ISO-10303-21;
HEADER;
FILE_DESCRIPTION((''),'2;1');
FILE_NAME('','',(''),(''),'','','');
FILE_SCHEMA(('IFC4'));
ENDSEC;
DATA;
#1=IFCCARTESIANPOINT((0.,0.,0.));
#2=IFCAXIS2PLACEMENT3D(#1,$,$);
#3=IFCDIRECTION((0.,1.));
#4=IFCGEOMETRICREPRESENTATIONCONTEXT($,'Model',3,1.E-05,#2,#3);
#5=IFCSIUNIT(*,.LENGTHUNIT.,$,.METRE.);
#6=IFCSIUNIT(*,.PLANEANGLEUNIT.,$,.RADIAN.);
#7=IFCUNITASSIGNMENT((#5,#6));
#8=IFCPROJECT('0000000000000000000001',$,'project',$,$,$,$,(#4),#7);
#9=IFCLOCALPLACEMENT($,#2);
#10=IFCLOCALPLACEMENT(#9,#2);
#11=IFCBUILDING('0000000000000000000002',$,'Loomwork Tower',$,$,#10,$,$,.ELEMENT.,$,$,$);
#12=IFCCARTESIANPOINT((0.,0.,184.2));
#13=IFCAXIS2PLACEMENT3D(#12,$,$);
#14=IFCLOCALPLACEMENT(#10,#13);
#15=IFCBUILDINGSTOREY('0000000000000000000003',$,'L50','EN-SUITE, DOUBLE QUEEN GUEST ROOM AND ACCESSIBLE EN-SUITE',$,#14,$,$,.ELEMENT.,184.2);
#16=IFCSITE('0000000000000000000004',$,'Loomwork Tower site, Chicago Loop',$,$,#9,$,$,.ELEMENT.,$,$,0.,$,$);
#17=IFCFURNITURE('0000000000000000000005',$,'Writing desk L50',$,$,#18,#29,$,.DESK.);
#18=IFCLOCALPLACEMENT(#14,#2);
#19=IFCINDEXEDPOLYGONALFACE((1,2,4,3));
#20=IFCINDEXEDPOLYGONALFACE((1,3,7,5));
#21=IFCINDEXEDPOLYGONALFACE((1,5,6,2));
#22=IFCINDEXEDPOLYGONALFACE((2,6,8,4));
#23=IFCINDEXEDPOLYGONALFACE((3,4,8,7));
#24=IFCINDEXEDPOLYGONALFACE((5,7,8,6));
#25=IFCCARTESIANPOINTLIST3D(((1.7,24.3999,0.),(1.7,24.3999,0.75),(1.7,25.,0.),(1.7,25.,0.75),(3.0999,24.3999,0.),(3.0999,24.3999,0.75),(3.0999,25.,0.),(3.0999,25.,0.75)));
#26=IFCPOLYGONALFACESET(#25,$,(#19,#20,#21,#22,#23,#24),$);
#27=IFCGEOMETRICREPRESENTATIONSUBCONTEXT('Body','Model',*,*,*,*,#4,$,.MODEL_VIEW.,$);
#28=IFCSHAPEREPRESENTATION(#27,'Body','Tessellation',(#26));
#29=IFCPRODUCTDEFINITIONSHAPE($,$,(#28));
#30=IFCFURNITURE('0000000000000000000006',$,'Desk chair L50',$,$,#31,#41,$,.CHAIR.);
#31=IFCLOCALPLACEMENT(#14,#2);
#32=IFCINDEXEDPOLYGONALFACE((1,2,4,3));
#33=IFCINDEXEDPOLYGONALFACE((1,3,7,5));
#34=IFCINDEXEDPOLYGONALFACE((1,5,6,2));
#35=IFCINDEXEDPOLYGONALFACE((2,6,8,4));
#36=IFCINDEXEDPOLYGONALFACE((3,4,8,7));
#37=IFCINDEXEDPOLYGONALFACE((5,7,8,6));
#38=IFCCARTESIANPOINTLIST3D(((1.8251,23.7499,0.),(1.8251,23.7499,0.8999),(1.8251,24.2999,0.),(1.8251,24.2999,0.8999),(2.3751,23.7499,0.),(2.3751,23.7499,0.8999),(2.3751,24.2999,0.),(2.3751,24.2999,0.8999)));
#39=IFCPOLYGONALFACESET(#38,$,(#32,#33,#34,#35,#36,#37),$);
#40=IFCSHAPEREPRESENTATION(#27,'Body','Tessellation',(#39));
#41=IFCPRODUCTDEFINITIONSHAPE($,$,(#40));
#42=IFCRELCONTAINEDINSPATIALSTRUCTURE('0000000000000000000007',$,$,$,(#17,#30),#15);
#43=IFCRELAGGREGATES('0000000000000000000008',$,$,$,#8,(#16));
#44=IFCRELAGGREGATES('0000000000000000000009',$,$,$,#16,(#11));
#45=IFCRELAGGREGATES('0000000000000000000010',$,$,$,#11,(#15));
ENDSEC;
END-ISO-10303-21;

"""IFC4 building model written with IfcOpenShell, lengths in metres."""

from ifc_helpers import new_model, si_unit, direction, frame, origin, origin_2d, place, context, subcontext, project, spatial, rectangle, extrude, element, save


model = new_model("IFC4")

# Units and contexts
model_context = context("Model", 3, precision=1e-05, world=origin(), true_north=direction((0.0, 1.0)))
body_context = subcontext(model_context, "Body", "Model", "MODEL_VIEW")
ifc_project = project(units=[si_unit("LENGTHUNIT", "METRE"), si_unit("PLANEANGLEUNIT", "RADIAN")], contexts=[model_context])

# Site, building, storey
site_placement = place(None, origin())
site = spatial("IfcSite", under=ifc_project, at=site_placement, Name="Loomwork Tower site, Chicago Loop", CompositionType="ELEMENT", RefElevation=0.0)
building_placement = place(site_placement, origin())
building = spatial("IfcBuilding", under=site, at=building_placement, Name="Loomwork Tower", CompositionType="ELEMENT")
storey_placement = place(building_placement, frame((0.0, 0.0, 184.2)))
storey = spatial("IfcBuildingStorey", under=building, at=storey_placement, Name="L50", Description="EN-SUITE, DOUBLE QUEEN GUEST ROOM AND ACCESSIBLE EN-SUITE", CompositionType="ELEMENT", Elevation=184.2)

# Furniture
furniture_1_placement = place(storey_placement, frame((2.3999, 24.7, 0.0), z_axis=(0.0, 0.0, 1.0), x_axis=(1.0, 0.0, 0.0)))
element("IfcFurniture", 1, at=furniture_1_placement, inside=storey, Name="Writing desk L50", PredefinedType="DESK", context=body_context, shape_type="SweptSolid", body=[
    extrude(rectangle(XDim=1.3999, YDim=0.6001, at=origin_2d()), origin(), (0.0, 0.0, 1.0), 0.75),
])
furniture_2_placement = place(storey_placement, frame((2.1001, 24.0249, 0.0), z_axis=(0.0, 0.0, 1.0), x_axis=(1.0, 0.0, 0.0)))
element("IfcFurniture", 2, at=furniture_2_placement, inside=storey, Name="Desk chair L50", PredefinedType="CHAIR", context=body_context, shape_type="SweptSolid", body=[
    extrude(rectangle(XDim=0.55, YDim=0.55, at=origin_2d()), origin(), (0.0, 0.0, 1.0), 0.8999),
])

save(model, "model.ifc")
